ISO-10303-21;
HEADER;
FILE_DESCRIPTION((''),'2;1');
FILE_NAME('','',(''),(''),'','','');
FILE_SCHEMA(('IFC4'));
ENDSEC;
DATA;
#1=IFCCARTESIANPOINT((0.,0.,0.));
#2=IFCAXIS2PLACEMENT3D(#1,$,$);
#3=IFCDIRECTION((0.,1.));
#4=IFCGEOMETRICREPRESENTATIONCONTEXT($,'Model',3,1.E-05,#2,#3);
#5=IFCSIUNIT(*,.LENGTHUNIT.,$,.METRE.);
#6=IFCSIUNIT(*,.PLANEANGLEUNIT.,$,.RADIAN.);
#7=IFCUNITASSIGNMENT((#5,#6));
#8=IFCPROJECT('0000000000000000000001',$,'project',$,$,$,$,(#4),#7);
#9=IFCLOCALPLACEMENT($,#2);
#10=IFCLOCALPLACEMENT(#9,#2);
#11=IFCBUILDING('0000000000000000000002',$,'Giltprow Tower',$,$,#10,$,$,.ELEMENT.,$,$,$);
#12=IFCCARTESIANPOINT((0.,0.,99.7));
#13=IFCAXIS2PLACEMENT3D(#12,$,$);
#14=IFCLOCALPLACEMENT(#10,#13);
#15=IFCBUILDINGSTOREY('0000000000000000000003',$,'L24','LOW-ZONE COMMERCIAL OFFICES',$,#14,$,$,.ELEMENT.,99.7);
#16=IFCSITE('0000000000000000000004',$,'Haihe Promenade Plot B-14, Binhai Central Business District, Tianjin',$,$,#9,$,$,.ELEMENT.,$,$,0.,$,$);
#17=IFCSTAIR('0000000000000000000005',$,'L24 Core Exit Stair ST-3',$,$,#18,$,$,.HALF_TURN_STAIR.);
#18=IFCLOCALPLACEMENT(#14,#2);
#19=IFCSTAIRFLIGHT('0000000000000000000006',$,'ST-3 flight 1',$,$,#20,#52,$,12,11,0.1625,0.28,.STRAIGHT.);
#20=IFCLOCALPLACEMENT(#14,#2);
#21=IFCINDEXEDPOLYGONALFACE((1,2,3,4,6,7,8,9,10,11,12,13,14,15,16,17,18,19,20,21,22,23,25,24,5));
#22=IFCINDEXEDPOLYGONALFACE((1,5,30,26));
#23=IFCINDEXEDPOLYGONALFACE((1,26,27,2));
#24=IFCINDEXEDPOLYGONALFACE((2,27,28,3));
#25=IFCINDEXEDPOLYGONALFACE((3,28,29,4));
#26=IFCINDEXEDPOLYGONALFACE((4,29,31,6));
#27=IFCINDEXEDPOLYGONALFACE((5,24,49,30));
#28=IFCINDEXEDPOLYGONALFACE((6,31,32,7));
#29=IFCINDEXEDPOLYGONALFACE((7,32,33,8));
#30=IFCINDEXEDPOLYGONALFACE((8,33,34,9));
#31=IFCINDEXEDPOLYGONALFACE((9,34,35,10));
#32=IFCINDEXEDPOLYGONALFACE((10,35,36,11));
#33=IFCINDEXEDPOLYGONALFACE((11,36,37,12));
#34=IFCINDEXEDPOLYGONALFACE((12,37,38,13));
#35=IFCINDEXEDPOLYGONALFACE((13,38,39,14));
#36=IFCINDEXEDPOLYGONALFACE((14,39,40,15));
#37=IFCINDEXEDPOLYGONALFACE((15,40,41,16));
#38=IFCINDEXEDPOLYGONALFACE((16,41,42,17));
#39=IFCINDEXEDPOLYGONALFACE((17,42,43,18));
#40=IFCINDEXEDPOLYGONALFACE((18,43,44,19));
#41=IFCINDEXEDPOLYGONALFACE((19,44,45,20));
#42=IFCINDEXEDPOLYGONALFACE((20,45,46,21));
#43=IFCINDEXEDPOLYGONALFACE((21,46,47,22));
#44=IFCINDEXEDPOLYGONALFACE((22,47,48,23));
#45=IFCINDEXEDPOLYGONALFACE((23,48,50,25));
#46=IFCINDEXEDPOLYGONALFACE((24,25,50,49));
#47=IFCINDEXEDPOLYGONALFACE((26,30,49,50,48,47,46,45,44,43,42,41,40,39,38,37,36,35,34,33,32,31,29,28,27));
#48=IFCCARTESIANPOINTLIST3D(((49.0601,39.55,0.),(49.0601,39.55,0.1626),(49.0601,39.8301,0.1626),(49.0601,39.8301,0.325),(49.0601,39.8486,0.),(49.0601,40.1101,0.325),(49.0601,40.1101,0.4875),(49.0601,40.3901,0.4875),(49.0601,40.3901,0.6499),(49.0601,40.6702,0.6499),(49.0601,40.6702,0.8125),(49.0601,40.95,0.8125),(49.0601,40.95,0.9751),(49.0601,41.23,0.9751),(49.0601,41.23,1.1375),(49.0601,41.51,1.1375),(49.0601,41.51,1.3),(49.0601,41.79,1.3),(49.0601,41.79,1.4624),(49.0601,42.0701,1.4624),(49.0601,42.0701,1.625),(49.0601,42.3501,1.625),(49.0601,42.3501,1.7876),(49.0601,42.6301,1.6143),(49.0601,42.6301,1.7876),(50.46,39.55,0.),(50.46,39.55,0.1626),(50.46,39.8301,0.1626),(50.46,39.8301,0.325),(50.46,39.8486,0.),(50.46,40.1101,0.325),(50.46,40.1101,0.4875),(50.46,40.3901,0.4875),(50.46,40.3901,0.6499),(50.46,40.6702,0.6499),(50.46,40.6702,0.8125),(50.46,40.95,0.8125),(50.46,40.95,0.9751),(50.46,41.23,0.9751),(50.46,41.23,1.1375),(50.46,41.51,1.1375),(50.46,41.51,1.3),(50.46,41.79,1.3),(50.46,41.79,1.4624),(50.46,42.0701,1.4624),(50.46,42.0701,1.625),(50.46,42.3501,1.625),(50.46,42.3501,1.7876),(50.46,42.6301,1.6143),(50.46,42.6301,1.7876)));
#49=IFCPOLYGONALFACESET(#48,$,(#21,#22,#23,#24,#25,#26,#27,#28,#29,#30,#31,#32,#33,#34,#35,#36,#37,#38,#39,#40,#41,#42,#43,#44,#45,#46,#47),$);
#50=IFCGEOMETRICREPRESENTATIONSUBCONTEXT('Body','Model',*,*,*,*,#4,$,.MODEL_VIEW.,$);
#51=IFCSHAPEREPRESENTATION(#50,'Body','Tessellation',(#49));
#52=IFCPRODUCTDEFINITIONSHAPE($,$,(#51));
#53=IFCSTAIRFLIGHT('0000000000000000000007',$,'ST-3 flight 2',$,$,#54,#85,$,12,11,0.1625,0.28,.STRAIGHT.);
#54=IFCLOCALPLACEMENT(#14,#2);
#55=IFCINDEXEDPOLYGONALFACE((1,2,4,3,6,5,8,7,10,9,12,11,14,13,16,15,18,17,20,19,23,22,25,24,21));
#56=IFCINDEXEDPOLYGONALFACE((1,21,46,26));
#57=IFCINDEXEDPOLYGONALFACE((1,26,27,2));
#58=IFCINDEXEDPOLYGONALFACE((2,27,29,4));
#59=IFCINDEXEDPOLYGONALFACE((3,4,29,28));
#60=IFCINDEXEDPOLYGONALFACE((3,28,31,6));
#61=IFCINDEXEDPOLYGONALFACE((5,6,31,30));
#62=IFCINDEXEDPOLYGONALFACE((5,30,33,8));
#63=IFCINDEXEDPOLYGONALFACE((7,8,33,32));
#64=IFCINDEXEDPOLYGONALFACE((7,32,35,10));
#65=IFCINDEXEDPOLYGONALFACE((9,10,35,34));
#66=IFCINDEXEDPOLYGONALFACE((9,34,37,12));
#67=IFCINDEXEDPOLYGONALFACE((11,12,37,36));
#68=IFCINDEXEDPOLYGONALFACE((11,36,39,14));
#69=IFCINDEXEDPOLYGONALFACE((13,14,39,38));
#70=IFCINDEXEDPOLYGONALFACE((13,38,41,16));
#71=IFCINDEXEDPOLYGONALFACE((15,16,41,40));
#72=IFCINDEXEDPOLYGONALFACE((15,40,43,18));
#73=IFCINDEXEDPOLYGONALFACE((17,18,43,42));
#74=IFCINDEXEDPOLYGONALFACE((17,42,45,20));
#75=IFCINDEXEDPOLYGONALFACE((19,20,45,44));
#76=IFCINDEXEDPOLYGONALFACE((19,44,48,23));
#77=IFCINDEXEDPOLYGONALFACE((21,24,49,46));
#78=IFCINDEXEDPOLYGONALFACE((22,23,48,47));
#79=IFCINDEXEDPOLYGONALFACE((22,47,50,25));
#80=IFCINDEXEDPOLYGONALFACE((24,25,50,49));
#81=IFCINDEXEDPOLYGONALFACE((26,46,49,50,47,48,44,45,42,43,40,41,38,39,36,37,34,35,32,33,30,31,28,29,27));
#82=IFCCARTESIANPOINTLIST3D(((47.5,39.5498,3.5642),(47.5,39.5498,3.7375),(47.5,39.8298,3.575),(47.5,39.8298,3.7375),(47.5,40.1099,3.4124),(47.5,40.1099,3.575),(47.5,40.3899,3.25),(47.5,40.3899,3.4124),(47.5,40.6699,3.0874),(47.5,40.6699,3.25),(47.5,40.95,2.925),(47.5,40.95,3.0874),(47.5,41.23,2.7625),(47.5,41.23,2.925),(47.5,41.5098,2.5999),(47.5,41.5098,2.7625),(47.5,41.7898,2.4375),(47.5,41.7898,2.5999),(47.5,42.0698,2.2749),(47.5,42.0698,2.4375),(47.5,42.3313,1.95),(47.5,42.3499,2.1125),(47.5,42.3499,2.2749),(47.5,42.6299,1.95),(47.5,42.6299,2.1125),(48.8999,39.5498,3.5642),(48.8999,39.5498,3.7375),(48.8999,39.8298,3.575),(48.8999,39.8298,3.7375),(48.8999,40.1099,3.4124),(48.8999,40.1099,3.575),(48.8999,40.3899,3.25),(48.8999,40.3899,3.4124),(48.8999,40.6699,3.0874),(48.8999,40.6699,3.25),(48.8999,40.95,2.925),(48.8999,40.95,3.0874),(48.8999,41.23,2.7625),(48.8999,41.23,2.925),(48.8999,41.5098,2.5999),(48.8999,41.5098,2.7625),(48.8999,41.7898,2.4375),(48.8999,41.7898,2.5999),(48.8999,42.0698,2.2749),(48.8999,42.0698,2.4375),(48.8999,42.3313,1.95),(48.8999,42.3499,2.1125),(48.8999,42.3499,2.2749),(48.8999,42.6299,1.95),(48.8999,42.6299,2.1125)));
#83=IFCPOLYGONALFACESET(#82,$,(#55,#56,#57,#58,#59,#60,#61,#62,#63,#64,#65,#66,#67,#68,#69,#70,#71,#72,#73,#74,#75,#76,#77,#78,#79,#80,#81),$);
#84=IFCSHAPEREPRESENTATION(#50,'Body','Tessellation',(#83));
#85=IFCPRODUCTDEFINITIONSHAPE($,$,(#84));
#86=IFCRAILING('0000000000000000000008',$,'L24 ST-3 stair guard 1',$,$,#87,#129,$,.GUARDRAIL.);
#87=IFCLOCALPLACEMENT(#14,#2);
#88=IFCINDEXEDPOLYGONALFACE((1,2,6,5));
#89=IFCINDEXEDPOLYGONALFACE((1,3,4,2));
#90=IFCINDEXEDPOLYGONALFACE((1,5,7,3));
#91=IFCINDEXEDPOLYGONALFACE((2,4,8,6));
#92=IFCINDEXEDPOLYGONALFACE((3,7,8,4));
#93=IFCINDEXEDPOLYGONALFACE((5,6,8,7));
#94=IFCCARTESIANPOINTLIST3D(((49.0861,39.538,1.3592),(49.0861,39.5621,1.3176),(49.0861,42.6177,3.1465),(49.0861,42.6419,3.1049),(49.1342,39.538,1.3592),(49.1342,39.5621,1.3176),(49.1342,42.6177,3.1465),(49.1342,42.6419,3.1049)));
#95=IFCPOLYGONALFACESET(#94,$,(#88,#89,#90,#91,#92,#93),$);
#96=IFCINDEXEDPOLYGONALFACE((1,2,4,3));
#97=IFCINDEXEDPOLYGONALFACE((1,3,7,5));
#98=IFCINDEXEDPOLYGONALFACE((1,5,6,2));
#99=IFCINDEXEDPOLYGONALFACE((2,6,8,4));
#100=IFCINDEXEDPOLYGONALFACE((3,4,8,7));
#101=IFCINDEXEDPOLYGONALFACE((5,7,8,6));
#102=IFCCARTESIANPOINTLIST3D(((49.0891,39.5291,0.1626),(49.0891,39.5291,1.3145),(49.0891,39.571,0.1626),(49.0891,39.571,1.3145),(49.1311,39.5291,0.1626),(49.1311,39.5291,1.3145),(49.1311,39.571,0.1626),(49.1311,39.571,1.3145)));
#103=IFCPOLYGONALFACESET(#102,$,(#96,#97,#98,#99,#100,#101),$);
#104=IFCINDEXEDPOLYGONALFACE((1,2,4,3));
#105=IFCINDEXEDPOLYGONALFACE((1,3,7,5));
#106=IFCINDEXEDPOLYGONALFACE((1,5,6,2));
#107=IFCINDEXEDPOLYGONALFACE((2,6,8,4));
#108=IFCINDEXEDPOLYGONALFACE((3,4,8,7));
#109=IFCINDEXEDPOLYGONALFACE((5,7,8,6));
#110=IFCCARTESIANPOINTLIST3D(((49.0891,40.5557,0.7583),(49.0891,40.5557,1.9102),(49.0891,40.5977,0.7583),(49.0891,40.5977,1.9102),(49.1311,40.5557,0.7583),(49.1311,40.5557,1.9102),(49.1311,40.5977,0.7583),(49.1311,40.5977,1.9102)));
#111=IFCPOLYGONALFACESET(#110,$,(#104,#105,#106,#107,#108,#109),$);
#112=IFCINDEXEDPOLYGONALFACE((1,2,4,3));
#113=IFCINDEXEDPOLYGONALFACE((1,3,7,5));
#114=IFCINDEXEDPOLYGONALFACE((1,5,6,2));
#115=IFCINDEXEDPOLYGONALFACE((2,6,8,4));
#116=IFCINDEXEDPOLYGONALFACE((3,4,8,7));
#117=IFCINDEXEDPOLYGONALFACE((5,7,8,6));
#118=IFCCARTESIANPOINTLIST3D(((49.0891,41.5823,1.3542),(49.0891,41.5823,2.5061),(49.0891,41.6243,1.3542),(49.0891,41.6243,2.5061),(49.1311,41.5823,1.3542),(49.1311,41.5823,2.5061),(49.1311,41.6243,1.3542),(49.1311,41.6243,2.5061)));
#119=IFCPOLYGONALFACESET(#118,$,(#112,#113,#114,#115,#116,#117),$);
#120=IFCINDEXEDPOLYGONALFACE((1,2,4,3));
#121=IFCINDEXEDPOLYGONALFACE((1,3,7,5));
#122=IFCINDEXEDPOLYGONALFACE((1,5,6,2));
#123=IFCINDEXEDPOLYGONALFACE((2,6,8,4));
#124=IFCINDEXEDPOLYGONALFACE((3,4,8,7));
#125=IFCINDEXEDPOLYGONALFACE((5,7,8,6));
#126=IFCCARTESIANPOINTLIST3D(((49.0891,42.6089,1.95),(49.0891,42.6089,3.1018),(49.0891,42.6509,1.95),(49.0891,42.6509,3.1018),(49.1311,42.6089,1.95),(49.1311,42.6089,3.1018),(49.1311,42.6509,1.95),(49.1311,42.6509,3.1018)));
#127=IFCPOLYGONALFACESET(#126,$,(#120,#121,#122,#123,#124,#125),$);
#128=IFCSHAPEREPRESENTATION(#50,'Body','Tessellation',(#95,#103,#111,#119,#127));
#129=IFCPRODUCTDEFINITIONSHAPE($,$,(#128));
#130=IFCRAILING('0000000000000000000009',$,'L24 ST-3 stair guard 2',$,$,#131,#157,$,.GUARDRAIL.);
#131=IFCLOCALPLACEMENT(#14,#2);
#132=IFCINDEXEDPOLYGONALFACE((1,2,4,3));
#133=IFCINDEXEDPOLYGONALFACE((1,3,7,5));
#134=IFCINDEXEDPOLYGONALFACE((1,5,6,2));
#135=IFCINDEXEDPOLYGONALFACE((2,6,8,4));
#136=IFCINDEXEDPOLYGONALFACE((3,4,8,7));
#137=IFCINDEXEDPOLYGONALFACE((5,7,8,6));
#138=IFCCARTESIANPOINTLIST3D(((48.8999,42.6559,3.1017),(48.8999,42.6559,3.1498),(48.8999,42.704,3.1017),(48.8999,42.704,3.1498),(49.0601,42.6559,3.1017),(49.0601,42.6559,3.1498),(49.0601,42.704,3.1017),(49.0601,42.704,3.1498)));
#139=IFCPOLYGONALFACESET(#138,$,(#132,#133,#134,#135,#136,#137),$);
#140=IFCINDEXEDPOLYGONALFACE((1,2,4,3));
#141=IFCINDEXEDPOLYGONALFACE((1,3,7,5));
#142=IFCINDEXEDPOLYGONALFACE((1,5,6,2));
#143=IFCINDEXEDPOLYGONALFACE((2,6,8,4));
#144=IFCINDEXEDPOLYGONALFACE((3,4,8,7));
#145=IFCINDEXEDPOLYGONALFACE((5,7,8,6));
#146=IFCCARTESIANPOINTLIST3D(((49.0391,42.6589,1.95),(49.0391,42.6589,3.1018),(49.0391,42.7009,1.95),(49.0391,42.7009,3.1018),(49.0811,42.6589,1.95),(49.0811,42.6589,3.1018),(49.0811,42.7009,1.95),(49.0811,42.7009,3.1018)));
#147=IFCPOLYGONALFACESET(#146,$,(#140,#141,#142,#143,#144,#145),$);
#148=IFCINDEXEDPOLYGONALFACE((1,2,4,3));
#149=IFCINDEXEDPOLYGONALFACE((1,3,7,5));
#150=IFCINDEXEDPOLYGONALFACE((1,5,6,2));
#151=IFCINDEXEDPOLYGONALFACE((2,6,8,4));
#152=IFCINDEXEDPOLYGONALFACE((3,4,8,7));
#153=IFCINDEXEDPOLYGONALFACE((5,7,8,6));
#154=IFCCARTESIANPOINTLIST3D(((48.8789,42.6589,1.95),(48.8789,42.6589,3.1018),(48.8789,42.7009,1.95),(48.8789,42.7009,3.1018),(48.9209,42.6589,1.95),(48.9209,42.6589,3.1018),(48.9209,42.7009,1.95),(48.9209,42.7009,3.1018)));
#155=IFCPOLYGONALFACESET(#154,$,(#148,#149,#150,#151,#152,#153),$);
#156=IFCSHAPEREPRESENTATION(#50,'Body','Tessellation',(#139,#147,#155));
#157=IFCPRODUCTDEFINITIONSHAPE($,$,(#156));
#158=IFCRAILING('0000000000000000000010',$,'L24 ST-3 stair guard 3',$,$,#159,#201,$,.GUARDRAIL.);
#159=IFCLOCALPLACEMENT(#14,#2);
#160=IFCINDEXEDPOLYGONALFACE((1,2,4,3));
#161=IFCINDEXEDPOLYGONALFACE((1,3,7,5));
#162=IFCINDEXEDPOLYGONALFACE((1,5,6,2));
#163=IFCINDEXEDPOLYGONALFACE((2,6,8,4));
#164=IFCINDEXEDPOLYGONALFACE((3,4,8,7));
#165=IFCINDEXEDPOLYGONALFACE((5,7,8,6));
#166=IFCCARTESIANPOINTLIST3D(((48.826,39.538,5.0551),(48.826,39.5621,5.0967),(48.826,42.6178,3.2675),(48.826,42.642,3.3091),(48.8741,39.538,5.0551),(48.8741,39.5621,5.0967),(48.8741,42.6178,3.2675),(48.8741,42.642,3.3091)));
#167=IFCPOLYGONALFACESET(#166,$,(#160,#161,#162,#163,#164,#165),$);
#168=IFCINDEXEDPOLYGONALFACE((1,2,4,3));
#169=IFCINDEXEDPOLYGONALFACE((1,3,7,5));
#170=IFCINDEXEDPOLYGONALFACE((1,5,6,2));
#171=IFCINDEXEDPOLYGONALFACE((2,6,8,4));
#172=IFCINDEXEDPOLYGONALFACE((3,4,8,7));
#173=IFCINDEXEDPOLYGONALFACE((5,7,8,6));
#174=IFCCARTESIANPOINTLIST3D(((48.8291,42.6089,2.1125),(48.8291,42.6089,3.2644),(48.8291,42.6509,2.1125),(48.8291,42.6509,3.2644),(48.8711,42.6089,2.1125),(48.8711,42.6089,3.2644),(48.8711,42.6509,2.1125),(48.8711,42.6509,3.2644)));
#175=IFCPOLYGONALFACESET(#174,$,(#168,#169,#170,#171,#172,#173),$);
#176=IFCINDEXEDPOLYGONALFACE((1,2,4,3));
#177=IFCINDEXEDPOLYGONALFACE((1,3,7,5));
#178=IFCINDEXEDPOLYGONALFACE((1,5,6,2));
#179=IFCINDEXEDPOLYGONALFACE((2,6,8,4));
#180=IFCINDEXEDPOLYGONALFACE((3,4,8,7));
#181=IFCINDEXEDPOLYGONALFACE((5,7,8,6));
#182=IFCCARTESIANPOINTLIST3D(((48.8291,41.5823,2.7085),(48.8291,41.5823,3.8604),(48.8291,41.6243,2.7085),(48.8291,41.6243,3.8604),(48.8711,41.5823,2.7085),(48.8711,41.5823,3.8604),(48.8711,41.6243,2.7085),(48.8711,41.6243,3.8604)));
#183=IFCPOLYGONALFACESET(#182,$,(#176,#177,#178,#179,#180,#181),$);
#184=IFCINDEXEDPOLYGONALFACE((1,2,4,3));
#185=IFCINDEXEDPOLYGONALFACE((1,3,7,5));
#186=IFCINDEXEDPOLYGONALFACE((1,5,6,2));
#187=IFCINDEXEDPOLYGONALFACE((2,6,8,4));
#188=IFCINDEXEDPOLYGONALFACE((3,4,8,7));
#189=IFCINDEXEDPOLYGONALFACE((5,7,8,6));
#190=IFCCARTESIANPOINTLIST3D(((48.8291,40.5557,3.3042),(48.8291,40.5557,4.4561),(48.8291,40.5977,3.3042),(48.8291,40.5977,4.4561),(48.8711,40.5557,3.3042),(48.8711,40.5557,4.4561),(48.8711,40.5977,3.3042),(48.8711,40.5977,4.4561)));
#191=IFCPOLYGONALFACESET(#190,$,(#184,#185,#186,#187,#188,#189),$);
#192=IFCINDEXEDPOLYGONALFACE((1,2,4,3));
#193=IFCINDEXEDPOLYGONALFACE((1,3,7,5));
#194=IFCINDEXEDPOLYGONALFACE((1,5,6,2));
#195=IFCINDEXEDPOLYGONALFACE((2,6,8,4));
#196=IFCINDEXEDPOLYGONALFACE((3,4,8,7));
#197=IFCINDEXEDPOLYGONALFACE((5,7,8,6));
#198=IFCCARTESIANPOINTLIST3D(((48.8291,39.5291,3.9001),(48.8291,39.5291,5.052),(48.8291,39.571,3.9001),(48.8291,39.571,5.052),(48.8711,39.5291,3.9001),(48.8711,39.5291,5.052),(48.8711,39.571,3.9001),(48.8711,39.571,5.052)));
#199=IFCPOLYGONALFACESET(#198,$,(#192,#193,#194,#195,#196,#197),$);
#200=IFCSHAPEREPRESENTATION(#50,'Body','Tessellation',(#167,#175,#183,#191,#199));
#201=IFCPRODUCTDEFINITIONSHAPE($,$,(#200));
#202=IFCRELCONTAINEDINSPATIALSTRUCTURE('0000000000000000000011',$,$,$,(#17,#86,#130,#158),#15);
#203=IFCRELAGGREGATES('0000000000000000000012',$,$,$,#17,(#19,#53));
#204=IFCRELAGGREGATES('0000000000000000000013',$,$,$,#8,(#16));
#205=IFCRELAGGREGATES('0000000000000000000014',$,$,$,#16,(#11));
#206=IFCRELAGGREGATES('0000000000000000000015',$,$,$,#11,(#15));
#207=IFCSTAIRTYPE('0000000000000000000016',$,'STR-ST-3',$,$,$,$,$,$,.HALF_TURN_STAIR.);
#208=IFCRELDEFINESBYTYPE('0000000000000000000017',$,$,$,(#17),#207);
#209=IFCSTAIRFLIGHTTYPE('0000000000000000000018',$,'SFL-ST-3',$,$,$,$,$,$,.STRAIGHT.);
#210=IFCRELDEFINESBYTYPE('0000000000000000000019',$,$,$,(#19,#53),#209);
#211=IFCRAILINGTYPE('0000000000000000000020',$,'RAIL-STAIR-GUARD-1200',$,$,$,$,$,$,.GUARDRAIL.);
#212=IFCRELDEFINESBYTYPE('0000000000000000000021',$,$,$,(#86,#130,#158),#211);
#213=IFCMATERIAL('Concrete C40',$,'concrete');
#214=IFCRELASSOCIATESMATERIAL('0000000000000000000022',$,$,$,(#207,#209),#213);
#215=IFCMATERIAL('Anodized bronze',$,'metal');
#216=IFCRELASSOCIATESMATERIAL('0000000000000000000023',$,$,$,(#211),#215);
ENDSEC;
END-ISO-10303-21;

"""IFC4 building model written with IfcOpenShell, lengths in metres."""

from ifc_helpers import new_model, si_unit, direction, frame, origin, origin_2d, place, context, subcontext, project, spatial, polyline, rectangle, outline, extrude, material, type_object, element, aggregate, save


model = new_model("IFC4")

# Units and contexts
model_context = context("Model", 3, precision=1e-05, world=origin(), true_north=direction((0.0, 1.0)))
body_context = subcontext(model_context, "Body", "Model", "MODEL_VIEW")
ifc_project = project(units=[si_unit("LENGTHUNIT", "METRE"), si_unit("PLANEANGLEUNIT", "RADIAN")], contexts=[model_context])

# Site, building, storey
site_placement = place(None, origin())
site = spatial("IfcSite", under=ifc_project, at=site_placement, Name="Haihe Promenade Plot B-14, Binhai Central Business District, Tianjin", CompositionType="ELEMENT", RefElevation=0.0)
building_placement = place(site_placement, origin())
building = spatial("IfcBuilding", under=site, at=building_placement, Name="Giltprow Tower", CompositionType="ELEMENT")
storey_placement = place(building_placement, frame((0.0, 0.0, 99.7)))
storey = spatial("IfcBuildingStorey", under=building, at=storey_placement, Name="L24", Description="LOW-ZONE COMMERCIAL OFFICES", CompositionType="ELEMENT", Elevation=99.7)

# Shared definitions
ifc_material_1 = material(Name="Concrete C40", Category="concrete")

# Stair, stair flights
stair_type = type_object("IfcStairType", Name="STR-ST-3", PredefinedType="HALF_TURN_STAIR", material=ifc_material_1)
stair_placement = place(storey_placement, origin())
stair = element("IfcStair", 1, at=stair_placement, inside=storey, type_object=stair_type, Name="L24 Core Exit Stair ST-3", PredefinedType="HALF_TURN_STAIR")
stair_flight_type = type_object("IfcStairFlightType", Name="SFL-ST-3", PredefinedType="STRAIGHT", material=ifc_material_1)
stair_flight_1_placement = place(storey_placement, frame((49.76, 39.55, 0.0), z_axis=(0.0, 0.0, 1.0), x_axis=(0.0, 1.0, 0.0)))
stair_flight_1 = element("IfcStairFlight", 2, at=stair_flight_1_placement, type_object=stair_flight_type, Name="ST-3 flight 1", NumberOfRisers=12, NumberOfTreads=11, PredefinedType="STRAIGHT", RiserHeight=0.1625, TreadLength=0.28, context=body_context, shape_type="SweptSolid", body=[
    extrude(outline(polyline([(0.0, 0.0), (0.0, 0.1626), (0.28, 0.1626), (0.28, 0.325), (0.5601, 0.325), (0.5601, 0.4875), (0.8401, 0.4875), (0.8401, 0.6499), (1.1201, 0.6499), (1.1201, 0.8125), (1.3999, 0.8125), (1.3999, 0.9751), (1.6799, 0.9751), (1.6799, 1.1375), (1.96, 1.1375), (1.96, 1.3), (2.24, 1.3), (2.24, 1.4624), (2.52, 1.4624), (2.52, 1.625), (2.8, 1.625), (2.8, 1.7876), (3.0801, 1.7876), (3.0801, 1.95), (3.0801, 1.6143), (0.2986, 0.0), (0.0, 0.0)])), frame((0.0, 0.7, 0.0), z_axis=(0.0, -1.0, 0.0), x_axis=(1.0, 0.0, 0.0)), (0.0, 0.0, 1.0), 1.3999),
])
stair_flight_2_placement = place(storey_placement, frame((48.2, 42.6299, 1.95), z_axis=(0.0, 0.0, 1.0), x_axis=(0.0, -1.0, 0.0)))
stair_flight_2 = element("IfcStairFlight", 3, at=stair_flight_2_placement, type_object=stair_flight_type, Name="ST-3 flight 2", NumberOfRisers=12, NumberOfTreads=11, PredefinedType="STRAIGHT", RiserHeight=0.1625, TreadLength=0.28, context=body_context, shape_type="SweptSolid", body=[
    extrude(outline(polyline([(0.0, 0.0), (0.0, 0.1626), (0.28, 0.1626), (0.28, 0.325), (0.5601, 0.325), (0.5601, 0.4875), (0.8401, 0.4875), (0.8401, 0.6499), (1.1201, 0.6499), (1.1201, 0.8125), (1.3999, 0.8125), (1.3999, 0.9751), (1.6799, 0.9751), (1.6799, 1.1375), (1.96, 1.1375), (1.96, 1.3), (2.24, 1.3), (2.24, 1.4624), (2.52, 1.4624), (2.52, 1.625), (2.8, 1.625), (2.8, 1.7876), (3.0801, 1.7876), (3.0801, 1.95), (3.0801, 1.6143), (0.2986, 0.0), (0.0, 0.0)])), frame((0.0, 0.7, 0.0), z_axis=(0.0, -1.0, 0.0), x_axis=(1.0, 0.0, 0.0)), (0.0, 0.0, 1.0), 1.3999),
])
aggregate(stair, [stair_flight_1, stair_flight_2])

# Railings
ifc_material_2 = material(Name="Anodized bronze", Category="metal")
railing_type_1 = type_object("IfcRailingType", Name="RAIL-STAIR-GUARD-1200", PredefinedType="GUARDRAIL", material=ifc_material_2)
railing_1_placement = place(storey_placement, frame((49.1101, 39.55, 0.1626)))
element("IfcRailing", 4, at=railing_1_placement, inside=storey, type_object=railing_type_1, Name="L24 ST-3 stair guard 1", PredefinedType="GUARDRAIL", context=body_context, shape_type="SweptSolid", body=[
    extrude(rectangle(XDim=0.0481, YDim=0.0481, at=origin_2d()), frame((0.0, 0.0, 1.1758), z_axis=(0.0, 0.864903, 0.501939), x_axis=(-1.0, 0.0, 0.0)), (0.0, 0.0, 1.0), 3.5608),
    extrude(rectangle(XDim=0.042, YDim=0.042, at=origin_2d()), origin(), (0.0, 0.0, 1.0), 1.1519),
    extrude(rectangle(XDim=0.042, YDim=0.042, at=origin_2d()), frame((0.0, 1.0266, 0.5957)), (0.0, 0.0, 1.0), 1.1519),
    extrude(rectangle(XDim=0.042, YDim=0.042, at=origin_2d()), frame((0.0, 2.0532, 1.1917)), (0.0, 0.0, 1.0), 1.1519),
    extrude(rectangle(XDim=0.042, YDim=0.042, at=origin_2d()), frame((0.0, 3.0798, 1.7874)), (0.0, 0.0, 1.0), 1.1519),
])
railing_2_placement = place(storey_placement, frame((49.0601, 42.6799, 1.95)))
element("IfcRailing", 5, at=railing_2_placement, inside=storey, type_object=railing_type_1, Name="L24 ST-3 stair guard 2", PredefinedType="GUARDRAIL", context=body_context, shape_type="SweptSolid", body=[
    extrude(rectangle(XDim=0.0481, YDim=0.0481, at=origin_2d()), frame((0.0, 0.0, 1.1758), z_axis=(-1.0, 0.0, 0.0), x_axis=(0.0, -1.0, 0.0)), (0.0, 0.0, 1.0), 0.1602),
    extrude(rectangle(XDim=0.042, YDim=0.042, at=origin_2d()), origin(), (0.0, 0.0, 1.0), 1.1519),
    extrude(rectangle(XDim=0.042, YDim=0.042, at=origin_2d()), frame((-0.1602, 0.0, 0.0)), (0.0, 0.0, 1.0), 1.1519),
])
railing_3_placement = place(storey_placement, frame((48.8501, 42.6299, 2.1125)))
element("IfcRailing", 6, at=railing_3_placement, inside=storey, type_object=railing_type_1, Name="L24 ST-3 stair guard 3", PredefinedType="GUARDRAIL", context=body_context, shape_type="SweptSolid", body=[
    extrude(rectangle(XDim=0.0481, YDim=0.0481, at=origin_2d()), frame((0.0, 0.0, 1.1758), z_axis=(0.0, -0.864873, 0.50199), x_axis=(1.0, 0.0, 0.0)), (0.0, 0.0, 1.0), 3.561),
    extrude(rectangle(XDim=0.042, YDim=0.042, at=origin_2d()), origin(), (0.0, 0.0, 1.0), 1.1519),
    extrude(rectangle(XDim=0.042, YDim=0.042, at=origin_2d()), frame((0.0, -1.0266, 0.5959)), (0.0, 0.0, 1.0), 1.1519),
    extrude(rectangle(XDim=0.042, YDim=0.042, at=origin_2d()), frame((0.0, -2.0532, 1.1917)), (0.0, 0.0, 1.0), 1.1519),
    extrude(rectangle(XDim=0.042, YDim=0.042, at=origin_2d()), frame((0.0, -3.0798, 1.7876)), (0.0, 0.0, 1.0), 1.1519),
])

save(model, "model.ifc")
